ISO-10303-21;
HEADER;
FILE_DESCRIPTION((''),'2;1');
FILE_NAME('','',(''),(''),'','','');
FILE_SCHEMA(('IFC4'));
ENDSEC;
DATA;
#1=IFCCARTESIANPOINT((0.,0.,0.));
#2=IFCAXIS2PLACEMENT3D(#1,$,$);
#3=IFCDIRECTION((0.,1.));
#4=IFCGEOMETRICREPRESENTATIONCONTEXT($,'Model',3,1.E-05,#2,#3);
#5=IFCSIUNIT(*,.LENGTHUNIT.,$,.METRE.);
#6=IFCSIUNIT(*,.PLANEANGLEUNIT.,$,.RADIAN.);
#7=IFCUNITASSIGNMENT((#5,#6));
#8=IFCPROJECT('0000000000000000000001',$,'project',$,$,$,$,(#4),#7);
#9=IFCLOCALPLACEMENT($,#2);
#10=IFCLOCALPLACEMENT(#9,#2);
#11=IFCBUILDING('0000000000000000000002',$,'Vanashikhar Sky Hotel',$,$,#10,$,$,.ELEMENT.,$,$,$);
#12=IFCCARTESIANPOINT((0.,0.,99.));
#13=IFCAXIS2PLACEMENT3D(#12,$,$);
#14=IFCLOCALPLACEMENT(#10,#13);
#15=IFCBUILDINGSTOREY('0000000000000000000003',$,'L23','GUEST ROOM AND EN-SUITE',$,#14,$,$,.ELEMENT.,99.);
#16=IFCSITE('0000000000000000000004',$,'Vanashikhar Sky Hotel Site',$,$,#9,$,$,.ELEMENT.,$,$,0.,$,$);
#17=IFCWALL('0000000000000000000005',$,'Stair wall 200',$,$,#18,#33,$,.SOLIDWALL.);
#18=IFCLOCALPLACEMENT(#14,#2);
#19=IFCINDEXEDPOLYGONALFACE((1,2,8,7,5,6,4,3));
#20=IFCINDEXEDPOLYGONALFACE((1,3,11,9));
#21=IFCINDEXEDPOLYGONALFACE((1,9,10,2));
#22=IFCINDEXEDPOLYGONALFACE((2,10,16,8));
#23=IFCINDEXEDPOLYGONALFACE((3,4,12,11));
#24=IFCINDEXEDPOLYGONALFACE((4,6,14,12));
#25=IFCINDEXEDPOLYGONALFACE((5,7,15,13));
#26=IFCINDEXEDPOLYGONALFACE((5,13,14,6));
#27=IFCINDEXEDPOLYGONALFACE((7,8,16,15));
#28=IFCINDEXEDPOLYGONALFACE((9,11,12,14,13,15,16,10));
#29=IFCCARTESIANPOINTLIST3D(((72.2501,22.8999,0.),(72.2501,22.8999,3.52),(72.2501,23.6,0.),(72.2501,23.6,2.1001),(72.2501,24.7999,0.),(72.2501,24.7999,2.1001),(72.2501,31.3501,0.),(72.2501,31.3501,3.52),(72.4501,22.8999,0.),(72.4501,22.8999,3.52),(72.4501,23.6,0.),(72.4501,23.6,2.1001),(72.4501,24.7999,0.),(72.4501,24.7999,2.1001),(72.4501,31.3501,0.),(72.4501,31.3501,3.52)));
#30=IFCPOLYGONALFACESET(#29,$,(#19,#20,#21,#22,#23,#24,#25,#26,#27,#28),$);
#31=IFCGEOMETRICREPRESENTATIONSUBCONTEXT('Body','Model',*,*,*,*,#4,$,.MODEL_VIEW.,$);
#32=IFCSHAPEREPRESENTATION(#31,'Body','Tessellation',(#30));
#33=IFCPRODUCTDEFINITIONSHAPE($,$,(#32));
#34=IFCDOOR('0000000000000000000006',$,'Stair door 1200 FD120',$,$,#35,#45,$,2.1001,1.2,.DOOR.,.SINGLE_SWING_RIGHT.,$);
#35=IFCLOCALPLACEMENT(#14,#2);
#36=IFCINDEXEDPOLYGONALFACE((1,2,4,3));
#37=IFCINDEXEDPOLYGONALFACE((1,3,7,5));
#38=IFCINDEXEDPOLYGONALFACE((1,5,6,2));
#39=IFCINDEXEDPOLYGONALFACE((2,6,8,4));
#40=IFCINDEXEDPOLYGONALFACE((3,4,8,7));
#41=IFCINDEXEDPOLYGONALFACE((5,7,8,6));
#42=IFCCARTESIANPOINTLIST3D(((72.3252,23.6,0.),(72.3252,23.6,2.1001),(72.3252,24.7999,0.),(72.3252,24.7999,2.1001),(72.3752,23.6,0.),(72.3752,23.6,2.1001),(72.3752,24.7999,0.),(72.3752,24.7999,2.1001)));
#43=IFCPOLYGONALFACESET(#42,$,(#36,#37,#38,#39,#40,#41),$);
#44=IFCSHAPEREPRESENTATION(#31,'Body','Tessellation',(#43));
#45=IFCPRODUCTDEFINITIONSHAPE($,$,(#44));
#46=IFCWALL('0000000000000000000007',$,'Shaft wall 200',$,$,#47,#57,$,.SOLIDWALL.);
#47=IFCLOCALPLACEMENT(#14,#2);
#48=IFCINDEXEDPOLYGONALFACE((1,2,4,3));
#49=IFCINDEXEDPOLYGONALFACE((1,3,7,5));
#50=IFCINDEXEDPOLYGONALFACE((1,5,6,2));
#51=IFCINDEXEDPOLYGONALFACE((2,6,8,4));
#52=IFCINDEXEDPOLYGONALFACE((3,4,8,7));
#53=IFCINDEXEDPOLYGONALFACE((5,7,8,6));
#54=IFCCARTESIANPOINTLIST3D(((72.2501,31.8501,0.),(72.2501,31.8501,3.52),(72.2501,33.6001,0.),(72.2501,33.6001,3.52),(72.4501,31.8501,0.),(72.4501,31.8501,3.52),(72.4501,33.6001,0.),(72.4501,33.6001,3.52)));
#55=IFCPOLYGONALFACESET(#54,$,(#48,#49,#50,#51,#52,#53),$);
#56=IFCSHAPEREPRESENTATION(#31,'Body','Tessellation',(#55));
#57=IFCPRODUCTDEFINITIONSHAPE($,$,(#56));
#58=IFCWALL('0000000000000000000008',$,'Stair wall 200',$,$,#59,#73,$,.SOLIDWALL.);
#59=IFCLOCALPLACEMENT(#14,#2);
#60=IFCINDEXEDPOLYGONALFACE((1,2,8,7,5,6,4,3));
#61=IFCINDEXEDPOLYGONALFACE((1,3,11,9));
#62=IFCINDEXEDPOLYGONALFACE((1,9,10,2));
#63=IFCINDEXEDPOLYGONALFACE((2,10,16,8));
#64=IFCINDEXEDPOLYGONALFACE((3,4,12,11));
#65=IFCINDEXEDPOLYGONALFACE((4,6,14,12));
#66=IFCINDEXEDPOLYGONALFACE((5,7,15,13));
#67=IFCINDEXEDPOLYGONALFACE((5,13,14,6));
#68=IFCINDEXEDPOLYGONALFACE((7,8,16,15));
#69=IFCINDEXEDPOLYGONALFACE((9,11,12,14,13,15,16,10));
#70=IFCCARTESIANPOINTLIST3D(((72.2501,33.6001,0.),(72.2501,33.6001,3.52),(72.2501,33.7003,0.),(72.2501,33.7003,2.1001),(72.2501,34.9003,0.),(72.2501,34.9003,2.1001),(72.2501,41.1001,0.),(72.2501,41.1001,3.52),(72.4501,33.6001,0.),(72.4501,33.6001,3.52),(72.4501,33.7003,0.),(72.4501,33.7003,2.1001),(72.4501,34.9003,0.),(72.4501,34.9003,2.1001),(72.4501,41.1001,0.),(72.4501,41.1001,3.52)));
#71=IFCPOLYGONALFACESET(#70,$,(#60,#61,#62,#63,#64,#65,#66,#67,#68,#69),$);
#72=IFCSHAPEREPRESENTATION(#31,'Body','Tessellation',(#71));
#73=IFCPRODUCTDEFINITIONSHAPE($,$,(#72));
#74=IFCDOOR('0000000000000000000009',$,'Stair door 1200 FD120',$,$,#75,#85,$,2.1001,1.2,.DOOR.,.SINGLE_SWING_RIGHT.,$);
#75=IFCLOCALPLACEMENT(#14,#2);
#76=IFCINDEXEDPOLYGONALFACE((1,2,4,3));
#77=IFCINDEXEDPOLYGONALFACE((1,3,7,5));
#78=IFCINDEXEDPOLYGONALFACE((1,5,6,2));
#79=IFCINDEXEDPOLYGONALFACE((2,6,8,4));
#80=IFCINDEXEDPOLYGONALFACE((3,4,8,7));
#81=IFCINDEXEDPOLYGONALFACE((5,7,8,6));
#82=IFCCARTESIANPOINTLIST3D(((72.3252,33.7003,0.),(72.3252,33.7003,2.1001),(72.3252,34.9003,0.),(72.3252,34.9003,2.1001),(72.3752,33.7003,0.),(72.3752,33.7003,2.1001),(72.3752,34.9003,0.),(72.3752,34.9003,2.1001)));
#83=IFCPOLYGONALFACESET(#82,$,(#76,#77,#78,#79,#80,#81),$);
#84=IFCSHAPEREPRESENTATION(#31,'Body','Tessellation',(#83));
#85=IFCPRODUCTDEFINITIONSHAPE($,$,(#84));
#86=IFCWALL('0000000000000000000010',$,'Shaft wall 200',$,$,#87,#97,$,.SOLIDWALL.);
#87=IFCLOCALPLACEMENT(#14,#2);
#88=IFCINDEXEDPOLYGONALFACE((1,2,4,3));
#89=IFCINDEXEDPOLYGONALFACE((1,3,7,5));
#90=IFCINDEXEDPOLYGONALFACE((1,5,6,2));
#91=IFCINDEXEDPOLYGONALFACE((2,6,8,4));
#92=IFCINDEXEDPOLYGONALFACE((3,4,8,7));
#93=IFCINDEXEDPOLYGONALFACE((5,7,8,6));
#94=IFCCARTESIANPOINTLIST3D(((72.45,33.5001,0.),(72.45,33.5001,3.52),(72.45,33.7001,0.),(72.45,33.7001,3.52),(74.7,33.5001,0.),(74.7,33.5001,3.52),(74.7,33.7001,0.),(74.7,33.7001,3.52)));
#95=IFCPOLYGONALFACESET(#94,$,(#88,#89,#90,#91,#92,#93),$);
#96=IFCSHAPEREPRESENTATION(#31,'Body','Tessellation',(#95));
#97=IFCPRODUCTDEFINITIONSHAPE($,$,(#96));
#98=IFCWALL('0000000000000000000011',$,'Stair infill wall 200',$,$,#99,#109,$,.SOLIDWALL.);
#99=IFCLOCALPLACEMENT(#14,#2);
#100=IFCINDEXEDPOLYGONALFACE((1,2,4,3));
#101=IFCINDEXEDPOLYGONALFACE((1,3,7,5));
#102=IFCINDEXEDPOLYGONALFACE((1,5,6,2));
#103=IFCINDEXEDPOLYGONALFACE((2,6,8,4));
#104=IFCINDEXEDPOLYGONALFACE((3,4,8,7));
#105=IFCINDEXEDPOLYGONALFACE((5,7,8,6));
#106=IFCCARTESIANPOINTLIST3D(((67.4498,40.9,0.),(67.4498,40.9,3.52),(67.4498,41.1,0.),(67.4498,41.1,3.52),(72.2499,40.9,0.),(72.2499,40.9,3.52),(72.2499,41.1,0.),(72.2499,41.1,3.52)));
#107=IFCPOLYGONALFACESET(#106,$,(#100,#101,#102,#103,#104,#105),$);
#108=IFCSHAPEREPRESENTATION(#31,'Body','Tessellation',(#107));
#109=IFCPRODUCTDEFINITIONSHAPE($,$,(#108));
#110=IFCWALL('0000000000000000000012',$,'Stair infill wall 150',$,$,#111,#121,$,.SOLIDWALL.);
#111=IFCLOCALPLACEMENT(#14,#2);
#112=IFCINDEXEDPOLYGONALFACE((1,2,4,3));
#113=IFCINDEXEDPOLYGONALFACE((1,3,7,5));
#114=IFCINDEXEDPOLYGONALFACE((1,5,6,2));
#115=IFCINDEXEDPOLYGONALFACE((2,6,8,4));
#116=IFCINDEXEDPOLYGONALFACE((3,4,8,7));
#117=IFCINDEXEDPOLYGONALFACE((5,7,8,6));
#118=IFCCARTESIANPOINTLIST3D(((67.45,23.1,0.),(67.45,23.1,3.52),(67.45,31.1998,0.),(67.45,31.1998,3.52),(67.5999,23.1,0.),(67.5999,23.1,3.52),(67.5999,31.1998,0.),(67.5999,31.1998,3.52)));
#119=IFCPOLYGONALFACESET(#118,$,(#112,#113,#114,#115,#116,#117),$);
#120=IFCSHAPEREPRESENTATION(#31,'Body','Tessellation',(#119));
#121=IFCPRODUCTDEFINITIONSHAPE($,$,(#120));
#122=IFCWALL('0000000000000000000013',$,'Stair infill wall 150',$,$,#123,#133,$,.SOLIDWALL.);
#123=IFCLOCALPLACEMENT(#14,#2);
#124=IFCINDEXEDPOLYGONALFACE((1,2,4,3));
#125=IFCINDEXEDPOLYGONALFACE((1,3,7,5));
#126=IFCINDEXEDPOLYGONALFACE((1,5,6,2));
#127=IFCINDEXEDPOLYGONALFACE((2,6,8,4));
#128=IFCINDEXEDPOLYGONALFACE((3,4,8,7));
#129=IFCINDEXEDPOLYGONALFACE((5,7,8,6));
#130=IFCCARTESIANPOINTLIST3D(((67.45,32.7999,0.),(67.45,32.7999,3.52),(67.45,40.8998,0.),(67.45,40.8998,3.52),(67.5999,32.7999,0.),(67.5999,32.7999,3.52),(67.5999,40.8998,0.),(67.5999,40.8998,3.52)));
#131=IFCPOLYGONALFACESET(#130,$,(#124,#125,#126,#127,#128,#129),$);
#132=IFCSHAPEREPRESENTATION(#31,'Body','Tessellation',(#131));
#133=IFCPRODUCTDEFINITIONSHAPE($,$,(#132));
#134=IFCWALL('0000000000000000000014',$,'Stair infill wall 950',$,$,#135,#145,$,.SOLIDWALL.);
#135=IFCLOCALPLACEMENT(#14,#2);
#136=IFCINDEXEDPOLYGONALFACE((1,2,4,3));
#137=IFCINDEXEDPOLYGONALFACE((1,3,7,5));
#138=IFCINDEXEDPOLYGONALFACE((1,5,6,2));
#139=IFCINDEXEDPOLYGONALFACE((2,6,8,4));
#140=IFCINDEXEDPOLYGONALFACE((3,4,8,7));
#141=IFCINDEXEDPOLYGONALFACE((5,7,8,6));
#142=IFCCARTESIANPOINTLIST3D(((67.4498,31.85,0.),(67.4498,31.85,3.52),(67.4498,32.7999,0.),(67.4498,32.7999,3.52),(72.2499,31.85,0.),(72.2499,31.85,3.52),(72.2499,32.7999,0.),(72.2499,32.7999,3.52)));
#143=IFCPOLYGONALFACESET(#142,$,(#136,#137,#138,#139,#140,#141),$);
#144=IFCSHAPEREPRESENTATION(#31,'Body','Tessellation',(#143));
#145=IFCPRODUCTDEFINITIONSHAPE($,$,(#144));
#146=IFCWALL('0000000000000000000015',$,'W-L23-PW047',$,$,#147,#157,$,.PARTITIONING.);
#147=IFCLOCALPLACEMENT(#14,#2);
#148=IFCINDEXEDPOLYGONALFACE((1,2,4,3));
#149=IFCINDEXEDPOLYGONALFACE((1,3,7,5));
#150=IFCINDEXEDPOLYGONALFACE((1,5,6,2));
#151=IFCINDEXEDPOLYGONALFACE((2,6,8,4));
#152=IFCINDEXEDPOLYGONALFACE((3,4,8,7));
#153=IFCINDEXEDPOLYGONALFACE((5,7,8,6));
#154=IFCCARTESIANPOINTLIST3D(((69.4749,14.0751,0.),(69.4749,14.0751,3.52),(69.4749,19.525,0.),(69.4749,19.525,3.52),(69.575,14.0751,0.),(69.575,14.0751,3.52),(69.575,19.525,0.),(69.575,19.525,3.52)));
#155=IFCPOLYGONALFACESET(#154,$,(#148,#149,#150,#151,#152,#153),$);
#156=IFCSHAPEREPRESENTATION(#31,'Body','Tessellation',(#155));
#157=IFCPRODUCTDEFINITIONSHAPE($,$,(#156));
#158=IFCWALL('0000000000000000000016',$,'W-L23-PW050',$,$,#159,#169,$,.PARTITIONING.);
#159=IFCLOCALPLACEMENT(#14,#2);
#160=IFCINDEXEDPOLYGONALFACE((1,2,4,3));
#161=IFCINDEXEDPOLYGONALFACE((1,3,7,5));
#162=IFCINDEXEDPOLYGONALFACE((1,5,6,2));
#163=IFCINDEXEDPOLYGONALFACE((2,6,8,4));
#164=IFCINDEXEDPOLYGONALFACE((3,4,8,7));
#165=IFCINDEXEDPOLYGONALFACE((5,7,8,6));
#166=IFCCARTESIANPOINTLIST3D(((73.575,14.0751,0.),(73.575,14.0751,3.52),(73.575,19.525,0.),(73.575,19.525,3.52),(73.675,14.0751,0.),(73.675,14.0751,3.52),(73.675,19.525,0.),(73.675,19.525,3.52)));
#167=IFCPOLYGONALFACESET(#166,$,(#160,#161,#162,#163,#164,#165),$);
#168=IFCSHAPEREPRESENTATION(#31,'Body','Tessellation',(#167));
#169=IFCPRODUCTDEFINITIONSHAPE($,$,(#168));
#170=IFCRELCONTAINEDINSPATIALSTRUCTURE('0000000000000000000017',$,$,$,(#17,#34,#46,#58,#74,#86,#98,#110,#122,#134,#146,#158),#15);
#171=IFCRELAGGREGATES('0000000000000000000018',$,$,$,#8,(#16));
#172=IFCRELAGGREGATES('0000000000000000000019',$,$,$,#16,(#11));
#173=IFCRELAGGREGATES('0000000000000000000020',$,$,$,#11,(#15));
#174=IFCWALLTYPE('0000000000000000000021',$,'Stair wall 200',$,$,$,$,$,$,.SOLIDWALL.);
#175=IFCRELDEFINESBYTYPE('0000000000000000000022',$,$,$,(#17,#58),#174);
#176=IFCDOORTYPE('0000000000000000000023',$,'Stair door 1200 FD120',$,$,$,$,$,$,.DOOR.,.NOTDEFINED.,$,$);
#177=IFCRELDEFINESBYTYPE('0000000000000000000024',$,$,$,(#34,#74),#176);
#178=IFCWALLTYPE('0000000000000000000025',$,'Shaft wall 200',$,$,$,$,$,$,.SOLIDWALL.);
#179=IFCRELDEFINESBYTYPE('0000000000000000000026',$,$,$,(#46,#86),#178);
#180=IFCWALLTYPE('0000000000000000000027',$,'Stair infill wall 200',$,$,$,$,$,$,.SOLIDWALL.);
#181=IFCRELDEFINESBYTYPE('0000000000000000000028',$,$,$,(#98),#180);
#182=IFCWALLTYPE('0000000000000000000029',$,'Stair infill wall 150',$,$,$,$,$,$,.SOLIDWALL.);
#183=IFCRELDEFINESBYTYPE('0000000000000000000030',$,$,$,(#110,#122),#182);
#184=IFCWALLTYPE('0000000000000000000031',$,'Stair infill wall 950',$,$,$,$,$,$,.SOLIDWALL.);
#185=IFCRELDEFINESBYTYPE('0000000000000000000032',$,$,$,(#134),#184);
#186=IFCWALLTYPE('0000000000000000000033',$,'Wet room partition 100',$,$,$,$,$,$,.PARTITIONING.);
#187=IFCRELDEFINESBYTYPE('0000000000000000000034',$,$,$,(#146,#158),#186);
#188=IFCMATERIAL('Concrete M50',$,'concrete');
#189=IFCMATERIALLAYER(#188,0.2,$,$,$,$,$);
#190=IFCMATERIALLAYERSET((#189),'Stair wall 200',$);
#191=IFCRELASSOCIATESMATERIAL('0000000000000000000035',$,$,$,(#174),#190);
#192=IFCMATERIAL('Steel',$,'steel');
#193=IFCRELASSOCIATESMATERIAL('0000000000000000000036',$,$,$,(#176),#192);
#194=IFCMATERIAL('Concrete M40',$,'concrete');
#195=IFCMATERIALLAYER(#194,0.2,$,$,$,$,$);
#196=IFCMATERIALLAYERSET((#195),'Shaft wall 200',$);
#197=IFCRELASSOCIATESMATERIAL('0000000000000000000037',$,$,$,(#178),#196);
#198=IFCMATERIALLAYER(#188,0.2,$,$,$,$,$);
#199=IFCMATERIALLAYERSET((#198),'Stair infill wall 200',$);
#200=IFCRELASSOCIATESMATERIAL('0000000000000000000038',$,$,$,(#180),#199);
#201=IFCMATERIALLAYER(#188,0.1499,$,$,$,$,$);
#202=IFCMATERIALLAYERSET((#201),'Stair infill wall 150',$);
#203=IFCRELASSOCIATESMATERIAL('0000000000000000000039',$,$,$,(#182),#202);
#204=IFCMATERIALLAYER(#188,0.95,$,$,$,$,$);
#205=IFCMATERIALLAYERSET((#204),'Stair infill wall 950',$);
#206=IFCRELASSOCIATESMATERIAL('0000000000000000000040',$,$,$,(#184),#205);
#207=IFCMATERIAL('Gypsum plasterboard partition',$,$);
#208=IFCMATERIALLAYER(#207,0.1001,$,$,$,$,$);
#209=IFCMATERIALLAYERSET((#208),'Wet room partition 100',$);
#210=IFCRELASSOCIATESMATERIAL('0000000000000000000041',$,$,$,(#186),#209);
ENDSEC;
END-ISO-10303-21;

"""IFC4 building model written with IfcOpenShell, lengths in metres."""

from ifc_helpers import new_model, si_unit, direction, frame, frame_2d, origin, place, context, subcontext, project, spatial, rectangle, extrude, source, transform, mapped, material, layer, layer_set, type_object, element, fill, save


model = new_model("IFC4")

# Units and contexts
model_context = context("Model", 3, precision=1e-05, world=origin(), true_north=direction((0.0, 1.0)))
body_context = subcontext(model_context, "Body", "Model", "MODEL_VIEW")
ifc_project = project(units=[si_unit("LENGTHUNIT", "METRE"), si_unit("PLANEANGLEUNIT", "RADIAN")], contexts=[model_context])

# Site, building, storey
site_placement = place(None, origin())
site = spatial("IfcSite", under=ifc_project, at=site_placement, Name="Vanashikhar Sky Hotel Site", CompositionType="ELEMENT", RefElevation=0.0)
building_placement = place(site_placement, origin())
building = spatial("IfcBuilding", under=site, at=building_placement, Name="Vanashikhar Sky Hotel", CompositionType="ELEMENT")
storey_placement = place(building_placement, frame((0.0, 0.0, 99.0)))
storey = spatial("IfcBuildingStorey", under=building, at=storey_placement, Name="L23", Description="GUEST ROOM AND EN-SUITE", CompositionType="ELEMENT", Elevation=99.0)

# Wall, opening, door
ifc_material_1 = material(Name="Concrete M50", Category="concrete")
ifc_layer_1 = layer(ifc_material_1, 0.2)
ifc_layer_set_1 = layer_set([ifc_layer_1], Name="Stair wall 200")
wall_type_1 = type_object("IfcWallType", Name="Stair wall 200", PredefinedType="SOLIDWALL", material=ifc_layer_set_1)
shared_shape_1 = source(origin(), body_context, "Body", "SweptSolid", [
    extrude(rectangle(XDim=8.4502, YDim=0.2, at=frame_2d((4.2251, 0.0))), origin(), (0.0, 0.0, 1.0), 3.52),
])
wall_1_placement = place(storey_placement, frame((72.3501, 22.8999, 0.0), z_axis=(0.0, 0.0, 1.0), x_axis=(0.0, 1.0, 0.0)))
wall_1 = element("IfcWall", 1, at=wall_1_placement, inside=storey, type_object=wall_type_1, Name="Stair wall 200", PredefinedType="SOLIDWALL", context=body_context, shape_type="MappedRepresentation", body=[
    mapped(shared_shape_1, transform((0.0, 0.0, 0.0), scale=1.0)),
])
shared_shape_2 = source(origin(), body_context, "Body", "SweptSolid", [
    extrude(rectangle(XDim=1.2, YDim=2.1001, at=frame_2d((0.6001, 1.05))), frame((0.0, 0.1099, 0.0), z_axis=(0.0, -1.0, 0.0), x_axis=(1.0, 0.0, 0.0)), (0.0, 0.0, 1.0), 0.22),
])
opening_1_placement = place(wall_1_placement, frame((0.7, 0.0, 0.0)))
opening_1 = element("IfcOpeningElement", 2, at=opening_1_placement, cuts=wall_1, PredefinedType="OPENING", context=body_context, shape_type="MappedRepresentation", body=[
    mapped(shared_shape_2, transform((0.0, 0.0, 0.0), scale=1.0)),
])
ifc_material_2 = material(Name="Steel", Category="steel")
door_type_1 = type_object("IfcDoorType", Name="Stair door 1200 FD120", OperationType="NOTDEFINED", PredefinedType="DOOR", material=ifc_material_2)
shared_shape_3 = source(origin(), body_context, "Body", "SweptSolid", [
    extrude(rectangle(XDim=1.2, YDim=2.1001, at=frame_2d((0.6001, 1.05))), frame((0.0, 0.0249, 0.0), z_axis=(0.0, -1.0, 0.0), x_axis=(1.0, 0.0, 0.0)), (0.0, 0.0, 1.0), 0.05),
])
door_1_placement = place(opening_1_placement, origin())
door_1 = element("IfcDoor", 3, at=door_1_placement, inside=storey, type_object=door_type_1, Name="Stair door 1200 FD120", OperationType="SINGLE_SWING_RIGHT", OverallHeight=2.1001, OverallWidth=1.2, PredefinedType="DOOR", context=body_context, shape_type="MappedRepresentation", body=[
    mapped(shared_shape_3, transform((0.0, 0.0, 0.0), scale=1.0)),
])
fill(opening_1, door_1)

# Wall
ifc_material_3 = material(Name="Concrete M40", Category="concrete")
ifc_layer_2 = layer(ifc_material_3, 0.2)
ifc_layer_set_2 = layer_set([ifc_layer_2], Name="Shaft wall 200")
wall_type_2 = type_object("IfcWallType", Name="Shaft wall 200", PredefinedType="SOLIDWALL", material=ifc_layer_set_2)
shared_shape_4 = source(origin(), body_context, "Body", "SweptSolid", [
    extrude(rectangle(XDim=1.75, YDim=0.2, at=frame_2d((0.875, 0.0))), origin(), (0.0, 0.0, 1.0), 3.52),
])
wall_2_placement = place(storey_placement, frame((72.3501, 31.8501, 0.0), z_axis=(0.0, 0.0, 1.0), x_axis=(0.0, 1.0, 0.0)))
element("IfcWall", 4, at=wall_2_placement, inside=storey, type_object=wall_type_2, Name="Shaft wall 200", PredefinedType="SOLIDWALL", context=body_context, shape_type="MappedRepresentation", body=[
    mapped(shared_shape_4, transform((0.0, 0.0, 0.0), scale=1.0)),
])

# Wall, opening, door
shared_shape_5 = source(origin(), body_context, "Body", "SweptSolid", [
    extrude(rectangle(XDim=7.5, YDim=0.2, at=frame_2d((3.75, 0.0))), origin(), (0.0, 0.0, 1.0), 3.52),
])
wall_3_placement = place(storey_placement, frame((72.3501, 33.6001, 0.0), z_axis=(0.0, 0.0, 1.0), x_axis=(0.0, 1.0, 0.0)))
wall_3 = element("IfcWall", 5, at=wall_3_placement, inside=storey, type_object=wall_type_1, Name="Stair wall 200", PredefinedType="SOLIDWALL", context=body_context, shape_type="MappedRepresentation", body=[
    mapped(shared_shape_5, transform((0.0, 0.0, 0.0), scale=1.0)),
])
opening_2_placement = place(wall_3_placement, frame((0.1001, 0.0, 0.0)))
opening_2 = element("IfcOpeningElement", 6, at=opening_2_placement, cuts=wall_3, PredefinedType="OPENING", context=body_context, shape_type="MappedRepresentation", body=[
    mapped(shared_shape_2, transform((0.0, 0.0, 0.0), scale=1.0)),
])
door_2_placement = place(opening_2_placement, origin())
door_2 = element("IfcDoor", 7, at=door_2_placement, inside=storey, type_object=door_type_1, Name="Stair door 1200 FD120", OperationType="SINGLE_SWING_RIGHT", OverallHeight=2.1001, OverallWidth=1.2, PredefinedType="DOOR", context=body_context, shape_type="MappedRepresentation", body=[
    mapped(shared_shape_3, transform((0.0, 0.0, 0.0), scale=1.0)),
])
fill(opening_2, door_2)

# Walls
shared_shape_6 = source(origin(), body_context, "Body", "SweptSolid", [
    extrude(rectangle(XDim=2.25, YDim=0.2, at=frame_2d((1.125, 0.0))), origin(), (0.0, 0.0, 1.0), 3.52),
])
wall_4_placement = place(storey_placement, frame((72.45, 33.6001, 0.0), z_axis=(0.0, 0.0, 1.0), x_axis=(1.0, 0.0, 0.0)))
element("IfcWall", 8, at=wall_4_placement, inside=storey, type_object=wall_type_2, Name="Shaft wall 200", PredefinedType="SOLIDWALL", context=body_context, shape_type="MappedRepresentation", body=[
    mapped(shared_shape_6, transform((0.0, 0.0, 0.0), scale=1.0)),
])
ifc_layer_3 = layer(ifc_material_1, 0.2)
ifc_layer_set_3 = layer_set([ifc_layer_3], Name="Stair infill wall 200")
wall_type_3 = type_object("IfcWallType", Name="Stair infill wall 200", PredefinedType="SOLIDWALL", material=ifc_layer_set_3)
shared_shape_7 = source(origin(), body_context, "Body", "SweptSolid", [
    extrude(rectangle(XDim=4.8, YDim=0.2, at=frame_2d((2.3999, 0.0))), origin(), (0.0, 0.0, 1.0), 3.52),
])
wall_5_placement = place(storey_placement, frame((67.45, 41.0, 0.0), z_axis=(0.0, 0.0, 1.0), x_axis=(1.0, 0.0, 0.0)))
element("IfcWall", 9, at=wall_5_placement, inside=storey, type_object=wall_type_3, Name="Stair infill wall 200", PredefinedType="SOLIDWALL", context=body_context, shape_type="MappedRepresentation", body=[
    mapped(shared_shape_7, transform((0.0, 0.0, 0.0), scale=1.0)),
])
ifc_layer_4 = layer(ifc_material_1, 0.1499)
ifc_layer_set_4 = layer_set([ifc_layer_4], Name="Stair infill wall 150")
wall_type_4 = type_object("IfcWallType", Name="Stair infill wall 150", PredefinedType="SOLIDWALL", material=ifc_layer_set_4)
shared_shape_8 = source(origin(), body_context, "Body", "SweptSolid", [
    extrude(rectangle(XDim=8.0999, YDim=0.1499, at=frame_2d((4.0498, 0.0))), origin(), (0.0, 0.0, 1.0), 3.52),
])
for number, where, z_axis, x_axis, name in (
    (10, (67.5249, 23.1001, 0.0), (0.0, 0.0, 1.0), (0.0, 1.0, 0.0), "Stair infill wall 150"),
    (11, (67.5249, 32.8, 0.0), (0.0, 0.0, 1.0), (0.0, 1.0, 0.0), "Stair infill wall 150"),
):
    element("IfcWall", number, at=place(storey_placement, frame(where, z_axis=z_axis, x_axis=x_axis)), inside=storey, type_object=wall_type_4, Name=name, PredefinedType="SOLIDWALL", context=body_context, shape_type="MappedRepresentation", body=[
        mapped(shared_shape_8, transform((0.0, 0.0, 0.0), scale=1.0)),
    ])
ifc_layer_5 = layer(ifc_material_1, 0.95)
ifc_layer_set_5 = layer_set([ifc_layer_5], Name="Stair infill wall 950")
wall_type_5 = type_object("IfcWallType", Name="Stair infill wall 950", PredefinedType="SOLIDWALL", material=ifc_layer_set_5)
shared_shape_9 = source(origin(), body_context, "Body", "SweptSolid", [
    extrude(rectangle(XDim=4.8, YDim=0.95, at=frame_2d((2.3999, 0.0))), origin(), (0.0, 0.0, 1.0), 3.52),
])
wall_6_placement = place(storey_placement, frame((67.45, 32.325, 0.0), z_axis=(0.0, 0.0, 1.0), x_axis=(1.0, 0.0, 0.0)))
element("IfcWall", 12, at=wall_6_placement, inside=storey, type_object=wall_type_5, Name="Stair infill wall 950", PredefinedType="SOLIDWALL", context=body_context, shape_type="MappedRepresentation", body=[
    mapped(shared_shape_9, transform((0.0, 0.0, 0.0), scale=1.0)),
])
ifc_material_4 = material(Name="Gypsum plasterboard partition")
ifc_layer_6 = layer(ifc_material_4, 0.1001)
ifc_layer_set_6 = layer_set([ifc_layer_6], Name="Wet room partition 100")
wall_type_6 = type_object("IfcWallType", Name="Wet room partition 100", PredefinedType="PARTITIONING", material=ifc_layer_set_6)
shared_shape_10 = source(origin(), body_context, "Body", "SweptSolid", [
    extrude(rectangle(XDim=5.45, YDim=0.1001, at=frame_2d((2.7251, 0.0))), origin(), (0.0, 0.0, 1.0), 3.52),
])
for number, where, z_axis, x_axis, name in (
    (13, (69.5249, 14.075, 0.0), (0.0, 0.0, 1.0), (0.0, 1.0, 0.0), "W-L23-PW047"),
    (14, (73.625, 14.075, 0.0), (0.0, 0.0, 1.0), (0.0, 1.0, 0.0), "W-L23-PW050"),
):
    element("IfcWall", number, at=place(storey_placement, frame(where, z_axis=z_axis, x_axis=x_axis)), inside=storey, type_object=wall_type_6, Name=name, PredefinedType="PARTITIONING", context=body_context, shape_type="MappedRepresentation", body=[
        mapped(shared_shape_10, transform((0.0, 0.0, 0.0), scale=1.0)),
    ])

save(model, "model.ifc")
